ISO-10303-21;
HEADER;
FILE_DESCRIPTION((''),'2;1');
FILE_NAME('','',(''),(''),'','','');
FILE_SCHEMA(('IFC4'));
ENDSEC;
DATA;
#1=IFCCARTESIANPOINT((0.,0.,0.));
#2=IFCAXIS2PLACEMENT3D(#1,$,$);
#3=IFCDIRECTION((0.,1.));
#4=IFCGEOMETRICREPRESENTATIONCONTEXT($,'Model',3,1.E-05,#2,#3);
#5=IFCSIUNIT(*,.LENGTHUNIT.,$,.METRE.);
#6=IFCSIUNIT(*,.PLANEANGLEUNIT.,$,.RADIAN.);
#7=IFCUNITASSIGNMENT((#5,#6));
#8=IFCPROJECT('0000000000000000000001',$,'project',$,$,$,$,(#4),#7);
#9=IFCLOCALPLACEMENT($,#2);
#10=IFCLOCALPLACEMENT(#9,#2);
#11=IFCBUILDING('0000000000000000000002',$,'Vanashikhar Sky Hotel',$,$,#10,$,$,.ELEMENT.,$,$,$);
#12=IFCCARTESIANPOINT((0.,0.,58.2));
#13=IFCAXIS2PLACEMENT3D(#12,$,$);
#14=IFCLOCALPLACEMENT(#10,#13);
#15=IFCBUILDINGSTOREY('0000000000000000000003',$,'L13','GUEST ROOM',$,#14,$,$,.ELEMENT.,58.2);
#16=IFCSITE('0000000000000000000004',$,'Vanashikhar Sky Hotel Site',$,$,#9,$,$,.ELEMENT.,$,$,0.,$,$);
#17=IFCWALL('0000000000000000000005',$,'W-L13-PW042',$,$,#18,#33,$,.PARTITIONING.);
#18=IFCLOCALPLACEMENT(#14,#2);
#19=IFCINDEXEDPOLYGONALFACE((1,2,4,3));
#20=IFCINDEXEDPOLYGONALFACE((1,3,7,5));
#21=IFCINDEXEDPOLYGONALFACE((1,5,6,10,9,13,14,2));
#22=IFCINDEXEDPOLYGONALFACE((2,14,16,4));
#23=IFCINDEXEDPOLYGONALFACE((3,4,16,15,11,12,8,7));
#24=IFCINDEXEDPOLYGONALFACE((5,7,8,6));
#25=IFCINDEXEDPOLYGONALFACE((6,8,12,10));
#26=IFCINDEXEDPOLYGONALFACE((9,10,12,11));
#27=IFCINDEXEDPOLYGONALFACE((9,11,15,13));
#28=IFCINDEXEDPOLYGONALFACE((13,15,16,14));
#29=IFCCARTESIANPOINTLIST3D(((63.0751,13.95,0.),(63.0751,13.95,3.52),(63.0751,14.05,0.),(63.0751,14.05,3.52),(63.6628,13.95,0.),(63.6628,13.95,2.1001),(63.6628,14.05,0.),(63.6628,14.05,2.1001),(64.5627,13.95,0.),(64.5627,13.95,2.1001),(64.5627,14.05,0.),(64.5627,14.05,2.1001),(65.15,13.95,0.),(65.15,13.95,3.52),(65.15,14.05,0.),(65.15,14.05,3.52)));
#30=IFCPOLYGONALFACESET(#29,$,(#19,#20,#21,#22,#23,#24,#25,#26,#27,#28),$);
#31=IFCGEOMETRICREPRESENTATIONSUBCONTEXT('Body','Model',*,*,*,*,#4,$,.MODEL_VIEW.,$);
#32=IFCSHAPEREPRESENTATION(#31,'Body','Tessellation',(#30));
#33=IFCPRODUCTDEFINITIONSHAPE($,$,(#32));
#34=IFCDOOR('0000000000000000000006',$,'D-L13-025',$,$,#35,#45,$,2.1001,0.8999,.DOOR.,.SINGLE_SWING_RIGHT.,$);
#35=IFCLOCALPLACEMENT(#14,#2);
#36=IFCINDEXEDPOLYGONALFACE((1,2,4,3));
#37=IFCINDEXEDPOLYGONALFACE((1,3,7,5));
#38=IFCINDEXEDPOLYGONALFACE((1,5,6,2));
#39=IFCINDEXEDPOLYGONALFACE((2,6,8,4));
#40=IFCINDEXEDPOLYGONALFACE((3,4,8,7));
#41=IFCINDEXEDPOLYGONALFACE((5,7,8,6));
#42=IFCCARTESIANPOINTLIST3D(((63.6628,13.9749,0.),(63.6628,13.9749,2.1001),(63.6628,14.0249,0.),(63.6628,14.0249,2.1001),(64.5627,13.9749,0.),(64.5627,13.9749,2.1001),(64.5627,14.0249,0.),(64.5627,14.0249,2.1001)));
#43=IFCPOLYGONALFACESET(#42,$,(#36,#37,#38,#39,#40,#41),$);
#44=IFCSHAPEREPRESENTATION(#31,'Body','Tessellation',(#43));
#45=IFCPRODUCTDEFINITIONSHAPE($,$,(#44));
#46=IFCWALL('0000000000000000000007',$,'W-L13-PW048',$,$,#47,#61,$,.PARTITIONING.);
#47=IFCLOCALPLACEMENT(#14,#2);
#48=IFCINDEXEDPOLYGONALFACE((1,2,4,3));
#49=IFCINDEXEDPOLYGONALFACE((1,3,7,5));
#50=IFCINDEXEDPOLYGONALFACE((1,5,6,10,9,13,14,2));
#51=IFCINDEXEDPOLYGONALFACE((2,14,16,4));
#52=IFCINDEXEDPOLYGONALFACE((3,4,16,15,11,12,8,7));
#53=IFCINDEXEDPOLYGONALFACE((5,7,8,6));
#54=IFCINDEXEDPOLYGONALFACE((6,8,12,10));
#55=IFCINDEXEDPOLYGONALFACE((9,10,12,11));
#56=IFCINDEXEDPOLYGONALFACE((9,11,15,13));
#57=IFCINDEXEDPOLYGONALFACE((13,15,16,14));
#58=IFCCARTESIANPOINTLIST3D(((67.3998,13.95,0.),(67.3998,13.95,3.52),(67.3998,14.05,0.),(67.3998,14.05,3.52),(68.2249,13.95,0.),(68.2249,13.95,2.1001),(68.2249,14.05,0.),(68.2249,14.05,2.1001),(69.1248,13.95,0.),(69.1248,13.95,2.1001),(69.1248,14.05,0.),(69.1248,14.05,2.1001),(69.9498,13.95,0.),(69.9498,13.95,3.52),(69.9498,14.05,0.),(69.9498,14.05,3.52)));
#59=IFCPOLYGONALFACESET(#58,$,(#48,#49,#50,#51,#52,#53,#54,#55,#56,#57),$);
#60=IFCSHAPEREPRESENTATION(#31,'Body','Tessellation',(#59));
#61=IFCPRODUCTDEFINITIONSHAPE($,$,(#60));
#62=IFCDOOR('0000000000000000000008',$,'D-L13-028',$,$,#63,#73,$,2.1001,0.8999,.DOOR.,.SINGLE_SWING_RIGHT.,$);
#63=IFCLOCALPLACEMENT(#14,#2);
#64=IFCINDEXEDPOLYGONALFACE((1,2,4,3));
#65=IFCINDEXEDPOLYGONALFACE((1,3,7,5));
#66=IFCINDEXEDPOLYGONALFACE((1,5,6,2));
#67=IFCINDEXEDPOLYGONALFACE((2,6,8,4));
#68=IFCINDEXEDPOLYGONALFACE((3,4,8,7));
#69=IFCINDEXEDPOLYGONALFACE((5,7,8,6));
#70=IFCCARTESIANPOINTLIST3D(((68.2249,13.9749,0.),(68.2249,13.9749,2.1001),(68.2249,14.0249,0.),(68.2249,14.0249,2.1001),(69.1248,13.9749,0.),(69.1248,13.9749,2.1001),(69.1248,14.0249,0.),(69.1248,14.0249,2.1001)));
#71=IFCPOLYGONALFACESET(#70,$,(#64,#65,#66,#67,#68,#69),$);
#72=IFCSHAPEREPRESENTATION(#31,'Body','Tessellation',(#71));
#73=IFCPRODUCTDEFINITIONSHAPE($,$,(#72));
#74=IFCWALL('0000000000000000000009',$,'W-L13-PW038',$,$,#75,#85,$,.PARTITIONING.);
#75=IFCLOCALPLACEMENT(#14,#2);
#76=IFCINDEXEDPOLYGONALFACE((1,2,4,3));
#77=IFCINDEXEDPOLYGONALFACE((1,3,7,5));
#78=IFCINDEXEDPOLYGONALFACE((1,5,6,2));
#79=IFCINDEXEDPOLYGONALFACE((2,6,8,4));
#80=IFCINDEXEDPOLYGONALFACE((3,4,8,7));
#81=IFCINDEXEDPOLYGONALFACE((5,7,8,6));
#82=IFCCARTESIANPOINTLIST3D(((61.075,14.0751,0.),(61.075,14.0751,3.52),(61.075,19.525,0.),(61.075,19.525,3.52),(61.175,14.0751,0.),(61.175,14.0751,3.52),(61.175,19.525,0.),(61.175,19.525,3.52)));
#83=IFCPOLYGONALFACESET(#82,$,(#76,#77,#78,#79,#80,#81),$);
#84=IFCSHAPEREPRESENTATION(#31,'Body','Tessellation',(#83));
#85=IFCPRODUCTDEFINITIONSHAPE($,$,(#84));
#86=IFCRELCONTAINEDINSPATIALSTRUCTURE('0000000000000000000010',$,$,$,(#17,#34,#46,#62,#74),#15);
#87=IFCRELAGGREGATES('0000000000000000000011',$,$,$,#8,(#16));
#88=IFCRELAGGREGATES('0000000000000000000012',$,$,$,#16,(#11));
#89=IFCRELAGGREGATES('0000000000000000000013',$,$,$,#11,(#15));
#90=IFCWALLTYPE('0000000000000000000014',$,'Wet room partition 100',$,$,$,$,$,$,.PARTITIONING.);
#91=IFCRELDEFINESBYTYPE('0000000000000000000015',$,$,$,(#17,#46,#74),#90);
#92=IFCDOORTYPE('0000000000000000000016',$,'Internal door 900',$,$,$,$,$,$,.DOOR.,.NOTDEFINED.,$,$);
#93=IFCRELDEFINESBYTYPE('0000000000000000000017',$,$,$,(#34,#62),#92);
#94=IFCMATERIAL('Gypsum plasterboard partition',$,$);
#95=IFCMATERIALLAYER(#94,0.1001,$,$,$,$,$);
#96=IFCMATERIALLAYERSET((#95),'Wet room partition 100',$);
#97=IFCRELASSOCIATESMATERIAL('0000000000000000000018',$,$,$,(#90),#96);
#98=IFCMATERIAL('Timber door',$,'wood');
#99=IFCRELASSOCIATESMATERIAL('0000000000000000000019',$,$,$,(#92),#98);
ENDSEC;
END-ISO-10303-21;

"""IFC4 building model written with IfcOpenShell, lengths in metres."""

from ifc_helpers import new_model, si_unit, direction, frame, frame_2d, origin, place, context, subcontext, project, spatial, rectangle, extrude, source, transform, mapped, material, layer, layer_set, type_object, element, fill, save


model = new_model("IFC4")

# Units and contexts
model_context = context("Model", 3, precision=1e-05, world=origin(), true_north=direction((0.0, 1.0)))
body_context = subcontext(model_context, "Body", "Model", "MODEL_VIEW")
ifc_project = project(units=[si_unit("LENGTHUNIT", "METRE"), si_unit("PLANEANGLEUNIT", "RADIAN")], contexts=[model_context])

# Site, building, storey
site_placement = place(None, origin())
site = spatial("IfcSite", under=ifc_project, at=site_placement, Name="Vanashikhar Sky Hotel Site", CompositionType="ELEMENT", RefElevation=0.0)
building_placement = place(site_placement, origin())
building = spatial("IfcBuilding", under=site, at=building_placement, Name="Vanashikhar Sky Hotel", CompositionType="ELEMENT")
storey_placement = place(building_placement, frame((0.0, 0.0, 58.2)))
storey = spatial("IfcBuildingStorey", under=building, at=storey_placement, Name="L13", Description="GUEST ROOM", CompositionType="ELEMENT", Elevation=58.2)

# Shared definitions
ifc_material_1 = material(Name="Gypsum plasterboard partition")

# Walls, openings, doors
ifc_layer_1 = layer(ifc_material_1, 0.1001)
ifc_layer_set_1 = layer_set([ifc_layer_1], Name="Wet room partition 100")
wall_type_1 = type_object("IfcWallType", Name="Wet room partition 100", PredefinedType="PARTITIONING", material=ifc_layer_set_1)
shared_shape_1 = source(origin(), body_context, "Body", "SweptSolid", [
    extrude(rectangle(XDim=0.8999, YDim=2.1001, at=frame_2d((0.45, 1.05))), frame((0.0, 0.0601, 0.0), z_axis=(0.0, -1.0, 0.0), x_axis=(1.0, 0.0, 0.0)), (0.0, 0.0, 1.0), 0.1201),
])
ifc_material_2 = material(Name="Timber door", Category="wood")
door_type_1 = type_object("IfcDoorType", Name="Internal door 900", OperationType="NOTDEFINED", PredefinedType="DOOR", material=ifc_material_2)
shared_shape_2 = source(origin(), body_context, "Body", "SweptSolid", [
    extrude(rectangle(XDim=0.8999, YDim=2.1001, at=frame_2d((0.45, 1.05))), frame((0.0, 0.0249, 0.0), z_axis=(0.0, -1.0, 0.0), x_axis=(1.0, 0.0, 0.0)), (0.0, 0.0, 1.0), 0.05),
])
shared_shape_3 = source(origin(), body_context, "Body", "SweptSolid", [
    extrude(rectangle(XDim=2.075, YDim=0.1001, at=frame_2d((1.0376, 0.0))), origin(), (0.0, 0.0, 1.0), 3.52),
])
wall_1_placement = place(storey_placement, frame((63.075, 14.0, 0.0), z_axis=(0.0, 0.0, 1.0), x_axis=(1.0, 0.0, 0.0)))
wall_1 = element("IfcWall", 1, at=wall_1_placement, inside=storey, type_object=wall_type_1, Name="W-L13-PW042", PredefinedType="PARTITIONING", context=body_context, shape_type="MappedRepresentation", body=[
    mapped(shared_shape_3, transform((0.0, 0.0, 0.0), scale=1.0)),
])
opening_1_placement = place(wall_1_placement, frame((0.5879, 0.0, 0.0)))
opening_1 = element("IfcOpeningElement", 2, at=opening_1_placement, cuts=wall_1, PredefinedType="OPENING", context=body_context, shape_type="MappedRepresentation", body=[
    mapped(shared_shape_1, transform((0.0, 0.0, 0.0), scale=1.0)),
])
door_1_placement = place(opening_1_placement, origin())
door_1 = element("IfcDoor", 3, at=door_1_placement, inside=storey, type_object=door_type_1, Name="D-L13-025", OperationType="SINGLE_SWING_RIGHT", OverallHeight=2.1001, OverallWidth=0.8999, PredefinedType="DOOR", context=body_context, shape_type="MappedRepresentation", body=[
    mapped(shared_shape_2, transform((0.0, 0.0, 0.0), scale=1.0)),
])
fill(opening_1, door_1)
shared_shape_4 = source(origin(), body_context, "Body", "SweptSolid", [
    extrude(rectangle(XDim=2.55, YDim=0.1001, at=frame_2d((1.2749, 0.0))), origin(), (0.0, 0.0, 1.0), 3.52),
])
wall_2_placement = place(storey_placement, frame((67.3999, 14.0, 0.0), z_axis=(0.0, 0.0, 1.0), x_axis=(1.0, 0.0, 0.0)))
wall_2 = element("IfcWall", 4, at=wall_2_placement, inside=storey, type_object=wall_type_1, Name="W-L13-PW048", PredefinedType="PARTITIONING", context=body_context, shape_type="MappedRepresentation", body=[
    mapped(shared_shape_4, transform((0.0, 0.0, 0.0), scale=1.0)),
])
opening_2_placement = place(wall_2_placement, frame((0.825, 0.0, 0.0)))
opening_2 = element("IfcOpeningElement", 5, at=opening_2_placement, cuts=wall_2, PredefinedType="OPENING", context=body_context, shape_type="MappedRepresentation", body=[
    mapped(shared_shape_1, transform((0.0, 0.0, 0.0), scale=1.0)),
])
door_2_placement = place(opening_2_placement, origin())
door_2 = element("IfcDoor", 6, at=door_2_placement, inside=storey, type_object=door_type_1, Name="D-L13-028", OperationType="SINGLE_SWING_RIGHT", OverallHeight=2.1001, OverallWidth=0.8999, PredefinedType="DOOR", context=body_context, shape_type="MappedRepresentation", body=[
    mapped(shared_shape_2, transform((0.0, 0.0, 0.0), scale=1.0)),
])
fill(opening_2, door_2)

# Wall
shared_shape_5 = source(origin(), body_context, "Body", "SweptSolid", [
    extrude(rectangle(XDim=5.45, YDim=0.1001, at=frame_2d((2.7251, 0.0))), origin(), (0.0, 0.0, 1.0), 3.52),
])
wall_3_placement = place(storey_placement, frame((61.125, 14.075, 0.0), z_axis=(0.0, 0.0, 1.0), x_axis=(0.0, 1.0, 0.0)))
element("IfcWall", 7, at=wall_3_placement, inside=storey, type_object=wall_type_1, Name="W-L13-PW038", PredefinedType="PARTITIONING", context=body_context, shape_type="MappedRepresentation", body=[
    mapped(shared_shape_5, transform((0.0, 0.0, 0.0), scale=1.0)),
])

save(model, "model.ifc")
